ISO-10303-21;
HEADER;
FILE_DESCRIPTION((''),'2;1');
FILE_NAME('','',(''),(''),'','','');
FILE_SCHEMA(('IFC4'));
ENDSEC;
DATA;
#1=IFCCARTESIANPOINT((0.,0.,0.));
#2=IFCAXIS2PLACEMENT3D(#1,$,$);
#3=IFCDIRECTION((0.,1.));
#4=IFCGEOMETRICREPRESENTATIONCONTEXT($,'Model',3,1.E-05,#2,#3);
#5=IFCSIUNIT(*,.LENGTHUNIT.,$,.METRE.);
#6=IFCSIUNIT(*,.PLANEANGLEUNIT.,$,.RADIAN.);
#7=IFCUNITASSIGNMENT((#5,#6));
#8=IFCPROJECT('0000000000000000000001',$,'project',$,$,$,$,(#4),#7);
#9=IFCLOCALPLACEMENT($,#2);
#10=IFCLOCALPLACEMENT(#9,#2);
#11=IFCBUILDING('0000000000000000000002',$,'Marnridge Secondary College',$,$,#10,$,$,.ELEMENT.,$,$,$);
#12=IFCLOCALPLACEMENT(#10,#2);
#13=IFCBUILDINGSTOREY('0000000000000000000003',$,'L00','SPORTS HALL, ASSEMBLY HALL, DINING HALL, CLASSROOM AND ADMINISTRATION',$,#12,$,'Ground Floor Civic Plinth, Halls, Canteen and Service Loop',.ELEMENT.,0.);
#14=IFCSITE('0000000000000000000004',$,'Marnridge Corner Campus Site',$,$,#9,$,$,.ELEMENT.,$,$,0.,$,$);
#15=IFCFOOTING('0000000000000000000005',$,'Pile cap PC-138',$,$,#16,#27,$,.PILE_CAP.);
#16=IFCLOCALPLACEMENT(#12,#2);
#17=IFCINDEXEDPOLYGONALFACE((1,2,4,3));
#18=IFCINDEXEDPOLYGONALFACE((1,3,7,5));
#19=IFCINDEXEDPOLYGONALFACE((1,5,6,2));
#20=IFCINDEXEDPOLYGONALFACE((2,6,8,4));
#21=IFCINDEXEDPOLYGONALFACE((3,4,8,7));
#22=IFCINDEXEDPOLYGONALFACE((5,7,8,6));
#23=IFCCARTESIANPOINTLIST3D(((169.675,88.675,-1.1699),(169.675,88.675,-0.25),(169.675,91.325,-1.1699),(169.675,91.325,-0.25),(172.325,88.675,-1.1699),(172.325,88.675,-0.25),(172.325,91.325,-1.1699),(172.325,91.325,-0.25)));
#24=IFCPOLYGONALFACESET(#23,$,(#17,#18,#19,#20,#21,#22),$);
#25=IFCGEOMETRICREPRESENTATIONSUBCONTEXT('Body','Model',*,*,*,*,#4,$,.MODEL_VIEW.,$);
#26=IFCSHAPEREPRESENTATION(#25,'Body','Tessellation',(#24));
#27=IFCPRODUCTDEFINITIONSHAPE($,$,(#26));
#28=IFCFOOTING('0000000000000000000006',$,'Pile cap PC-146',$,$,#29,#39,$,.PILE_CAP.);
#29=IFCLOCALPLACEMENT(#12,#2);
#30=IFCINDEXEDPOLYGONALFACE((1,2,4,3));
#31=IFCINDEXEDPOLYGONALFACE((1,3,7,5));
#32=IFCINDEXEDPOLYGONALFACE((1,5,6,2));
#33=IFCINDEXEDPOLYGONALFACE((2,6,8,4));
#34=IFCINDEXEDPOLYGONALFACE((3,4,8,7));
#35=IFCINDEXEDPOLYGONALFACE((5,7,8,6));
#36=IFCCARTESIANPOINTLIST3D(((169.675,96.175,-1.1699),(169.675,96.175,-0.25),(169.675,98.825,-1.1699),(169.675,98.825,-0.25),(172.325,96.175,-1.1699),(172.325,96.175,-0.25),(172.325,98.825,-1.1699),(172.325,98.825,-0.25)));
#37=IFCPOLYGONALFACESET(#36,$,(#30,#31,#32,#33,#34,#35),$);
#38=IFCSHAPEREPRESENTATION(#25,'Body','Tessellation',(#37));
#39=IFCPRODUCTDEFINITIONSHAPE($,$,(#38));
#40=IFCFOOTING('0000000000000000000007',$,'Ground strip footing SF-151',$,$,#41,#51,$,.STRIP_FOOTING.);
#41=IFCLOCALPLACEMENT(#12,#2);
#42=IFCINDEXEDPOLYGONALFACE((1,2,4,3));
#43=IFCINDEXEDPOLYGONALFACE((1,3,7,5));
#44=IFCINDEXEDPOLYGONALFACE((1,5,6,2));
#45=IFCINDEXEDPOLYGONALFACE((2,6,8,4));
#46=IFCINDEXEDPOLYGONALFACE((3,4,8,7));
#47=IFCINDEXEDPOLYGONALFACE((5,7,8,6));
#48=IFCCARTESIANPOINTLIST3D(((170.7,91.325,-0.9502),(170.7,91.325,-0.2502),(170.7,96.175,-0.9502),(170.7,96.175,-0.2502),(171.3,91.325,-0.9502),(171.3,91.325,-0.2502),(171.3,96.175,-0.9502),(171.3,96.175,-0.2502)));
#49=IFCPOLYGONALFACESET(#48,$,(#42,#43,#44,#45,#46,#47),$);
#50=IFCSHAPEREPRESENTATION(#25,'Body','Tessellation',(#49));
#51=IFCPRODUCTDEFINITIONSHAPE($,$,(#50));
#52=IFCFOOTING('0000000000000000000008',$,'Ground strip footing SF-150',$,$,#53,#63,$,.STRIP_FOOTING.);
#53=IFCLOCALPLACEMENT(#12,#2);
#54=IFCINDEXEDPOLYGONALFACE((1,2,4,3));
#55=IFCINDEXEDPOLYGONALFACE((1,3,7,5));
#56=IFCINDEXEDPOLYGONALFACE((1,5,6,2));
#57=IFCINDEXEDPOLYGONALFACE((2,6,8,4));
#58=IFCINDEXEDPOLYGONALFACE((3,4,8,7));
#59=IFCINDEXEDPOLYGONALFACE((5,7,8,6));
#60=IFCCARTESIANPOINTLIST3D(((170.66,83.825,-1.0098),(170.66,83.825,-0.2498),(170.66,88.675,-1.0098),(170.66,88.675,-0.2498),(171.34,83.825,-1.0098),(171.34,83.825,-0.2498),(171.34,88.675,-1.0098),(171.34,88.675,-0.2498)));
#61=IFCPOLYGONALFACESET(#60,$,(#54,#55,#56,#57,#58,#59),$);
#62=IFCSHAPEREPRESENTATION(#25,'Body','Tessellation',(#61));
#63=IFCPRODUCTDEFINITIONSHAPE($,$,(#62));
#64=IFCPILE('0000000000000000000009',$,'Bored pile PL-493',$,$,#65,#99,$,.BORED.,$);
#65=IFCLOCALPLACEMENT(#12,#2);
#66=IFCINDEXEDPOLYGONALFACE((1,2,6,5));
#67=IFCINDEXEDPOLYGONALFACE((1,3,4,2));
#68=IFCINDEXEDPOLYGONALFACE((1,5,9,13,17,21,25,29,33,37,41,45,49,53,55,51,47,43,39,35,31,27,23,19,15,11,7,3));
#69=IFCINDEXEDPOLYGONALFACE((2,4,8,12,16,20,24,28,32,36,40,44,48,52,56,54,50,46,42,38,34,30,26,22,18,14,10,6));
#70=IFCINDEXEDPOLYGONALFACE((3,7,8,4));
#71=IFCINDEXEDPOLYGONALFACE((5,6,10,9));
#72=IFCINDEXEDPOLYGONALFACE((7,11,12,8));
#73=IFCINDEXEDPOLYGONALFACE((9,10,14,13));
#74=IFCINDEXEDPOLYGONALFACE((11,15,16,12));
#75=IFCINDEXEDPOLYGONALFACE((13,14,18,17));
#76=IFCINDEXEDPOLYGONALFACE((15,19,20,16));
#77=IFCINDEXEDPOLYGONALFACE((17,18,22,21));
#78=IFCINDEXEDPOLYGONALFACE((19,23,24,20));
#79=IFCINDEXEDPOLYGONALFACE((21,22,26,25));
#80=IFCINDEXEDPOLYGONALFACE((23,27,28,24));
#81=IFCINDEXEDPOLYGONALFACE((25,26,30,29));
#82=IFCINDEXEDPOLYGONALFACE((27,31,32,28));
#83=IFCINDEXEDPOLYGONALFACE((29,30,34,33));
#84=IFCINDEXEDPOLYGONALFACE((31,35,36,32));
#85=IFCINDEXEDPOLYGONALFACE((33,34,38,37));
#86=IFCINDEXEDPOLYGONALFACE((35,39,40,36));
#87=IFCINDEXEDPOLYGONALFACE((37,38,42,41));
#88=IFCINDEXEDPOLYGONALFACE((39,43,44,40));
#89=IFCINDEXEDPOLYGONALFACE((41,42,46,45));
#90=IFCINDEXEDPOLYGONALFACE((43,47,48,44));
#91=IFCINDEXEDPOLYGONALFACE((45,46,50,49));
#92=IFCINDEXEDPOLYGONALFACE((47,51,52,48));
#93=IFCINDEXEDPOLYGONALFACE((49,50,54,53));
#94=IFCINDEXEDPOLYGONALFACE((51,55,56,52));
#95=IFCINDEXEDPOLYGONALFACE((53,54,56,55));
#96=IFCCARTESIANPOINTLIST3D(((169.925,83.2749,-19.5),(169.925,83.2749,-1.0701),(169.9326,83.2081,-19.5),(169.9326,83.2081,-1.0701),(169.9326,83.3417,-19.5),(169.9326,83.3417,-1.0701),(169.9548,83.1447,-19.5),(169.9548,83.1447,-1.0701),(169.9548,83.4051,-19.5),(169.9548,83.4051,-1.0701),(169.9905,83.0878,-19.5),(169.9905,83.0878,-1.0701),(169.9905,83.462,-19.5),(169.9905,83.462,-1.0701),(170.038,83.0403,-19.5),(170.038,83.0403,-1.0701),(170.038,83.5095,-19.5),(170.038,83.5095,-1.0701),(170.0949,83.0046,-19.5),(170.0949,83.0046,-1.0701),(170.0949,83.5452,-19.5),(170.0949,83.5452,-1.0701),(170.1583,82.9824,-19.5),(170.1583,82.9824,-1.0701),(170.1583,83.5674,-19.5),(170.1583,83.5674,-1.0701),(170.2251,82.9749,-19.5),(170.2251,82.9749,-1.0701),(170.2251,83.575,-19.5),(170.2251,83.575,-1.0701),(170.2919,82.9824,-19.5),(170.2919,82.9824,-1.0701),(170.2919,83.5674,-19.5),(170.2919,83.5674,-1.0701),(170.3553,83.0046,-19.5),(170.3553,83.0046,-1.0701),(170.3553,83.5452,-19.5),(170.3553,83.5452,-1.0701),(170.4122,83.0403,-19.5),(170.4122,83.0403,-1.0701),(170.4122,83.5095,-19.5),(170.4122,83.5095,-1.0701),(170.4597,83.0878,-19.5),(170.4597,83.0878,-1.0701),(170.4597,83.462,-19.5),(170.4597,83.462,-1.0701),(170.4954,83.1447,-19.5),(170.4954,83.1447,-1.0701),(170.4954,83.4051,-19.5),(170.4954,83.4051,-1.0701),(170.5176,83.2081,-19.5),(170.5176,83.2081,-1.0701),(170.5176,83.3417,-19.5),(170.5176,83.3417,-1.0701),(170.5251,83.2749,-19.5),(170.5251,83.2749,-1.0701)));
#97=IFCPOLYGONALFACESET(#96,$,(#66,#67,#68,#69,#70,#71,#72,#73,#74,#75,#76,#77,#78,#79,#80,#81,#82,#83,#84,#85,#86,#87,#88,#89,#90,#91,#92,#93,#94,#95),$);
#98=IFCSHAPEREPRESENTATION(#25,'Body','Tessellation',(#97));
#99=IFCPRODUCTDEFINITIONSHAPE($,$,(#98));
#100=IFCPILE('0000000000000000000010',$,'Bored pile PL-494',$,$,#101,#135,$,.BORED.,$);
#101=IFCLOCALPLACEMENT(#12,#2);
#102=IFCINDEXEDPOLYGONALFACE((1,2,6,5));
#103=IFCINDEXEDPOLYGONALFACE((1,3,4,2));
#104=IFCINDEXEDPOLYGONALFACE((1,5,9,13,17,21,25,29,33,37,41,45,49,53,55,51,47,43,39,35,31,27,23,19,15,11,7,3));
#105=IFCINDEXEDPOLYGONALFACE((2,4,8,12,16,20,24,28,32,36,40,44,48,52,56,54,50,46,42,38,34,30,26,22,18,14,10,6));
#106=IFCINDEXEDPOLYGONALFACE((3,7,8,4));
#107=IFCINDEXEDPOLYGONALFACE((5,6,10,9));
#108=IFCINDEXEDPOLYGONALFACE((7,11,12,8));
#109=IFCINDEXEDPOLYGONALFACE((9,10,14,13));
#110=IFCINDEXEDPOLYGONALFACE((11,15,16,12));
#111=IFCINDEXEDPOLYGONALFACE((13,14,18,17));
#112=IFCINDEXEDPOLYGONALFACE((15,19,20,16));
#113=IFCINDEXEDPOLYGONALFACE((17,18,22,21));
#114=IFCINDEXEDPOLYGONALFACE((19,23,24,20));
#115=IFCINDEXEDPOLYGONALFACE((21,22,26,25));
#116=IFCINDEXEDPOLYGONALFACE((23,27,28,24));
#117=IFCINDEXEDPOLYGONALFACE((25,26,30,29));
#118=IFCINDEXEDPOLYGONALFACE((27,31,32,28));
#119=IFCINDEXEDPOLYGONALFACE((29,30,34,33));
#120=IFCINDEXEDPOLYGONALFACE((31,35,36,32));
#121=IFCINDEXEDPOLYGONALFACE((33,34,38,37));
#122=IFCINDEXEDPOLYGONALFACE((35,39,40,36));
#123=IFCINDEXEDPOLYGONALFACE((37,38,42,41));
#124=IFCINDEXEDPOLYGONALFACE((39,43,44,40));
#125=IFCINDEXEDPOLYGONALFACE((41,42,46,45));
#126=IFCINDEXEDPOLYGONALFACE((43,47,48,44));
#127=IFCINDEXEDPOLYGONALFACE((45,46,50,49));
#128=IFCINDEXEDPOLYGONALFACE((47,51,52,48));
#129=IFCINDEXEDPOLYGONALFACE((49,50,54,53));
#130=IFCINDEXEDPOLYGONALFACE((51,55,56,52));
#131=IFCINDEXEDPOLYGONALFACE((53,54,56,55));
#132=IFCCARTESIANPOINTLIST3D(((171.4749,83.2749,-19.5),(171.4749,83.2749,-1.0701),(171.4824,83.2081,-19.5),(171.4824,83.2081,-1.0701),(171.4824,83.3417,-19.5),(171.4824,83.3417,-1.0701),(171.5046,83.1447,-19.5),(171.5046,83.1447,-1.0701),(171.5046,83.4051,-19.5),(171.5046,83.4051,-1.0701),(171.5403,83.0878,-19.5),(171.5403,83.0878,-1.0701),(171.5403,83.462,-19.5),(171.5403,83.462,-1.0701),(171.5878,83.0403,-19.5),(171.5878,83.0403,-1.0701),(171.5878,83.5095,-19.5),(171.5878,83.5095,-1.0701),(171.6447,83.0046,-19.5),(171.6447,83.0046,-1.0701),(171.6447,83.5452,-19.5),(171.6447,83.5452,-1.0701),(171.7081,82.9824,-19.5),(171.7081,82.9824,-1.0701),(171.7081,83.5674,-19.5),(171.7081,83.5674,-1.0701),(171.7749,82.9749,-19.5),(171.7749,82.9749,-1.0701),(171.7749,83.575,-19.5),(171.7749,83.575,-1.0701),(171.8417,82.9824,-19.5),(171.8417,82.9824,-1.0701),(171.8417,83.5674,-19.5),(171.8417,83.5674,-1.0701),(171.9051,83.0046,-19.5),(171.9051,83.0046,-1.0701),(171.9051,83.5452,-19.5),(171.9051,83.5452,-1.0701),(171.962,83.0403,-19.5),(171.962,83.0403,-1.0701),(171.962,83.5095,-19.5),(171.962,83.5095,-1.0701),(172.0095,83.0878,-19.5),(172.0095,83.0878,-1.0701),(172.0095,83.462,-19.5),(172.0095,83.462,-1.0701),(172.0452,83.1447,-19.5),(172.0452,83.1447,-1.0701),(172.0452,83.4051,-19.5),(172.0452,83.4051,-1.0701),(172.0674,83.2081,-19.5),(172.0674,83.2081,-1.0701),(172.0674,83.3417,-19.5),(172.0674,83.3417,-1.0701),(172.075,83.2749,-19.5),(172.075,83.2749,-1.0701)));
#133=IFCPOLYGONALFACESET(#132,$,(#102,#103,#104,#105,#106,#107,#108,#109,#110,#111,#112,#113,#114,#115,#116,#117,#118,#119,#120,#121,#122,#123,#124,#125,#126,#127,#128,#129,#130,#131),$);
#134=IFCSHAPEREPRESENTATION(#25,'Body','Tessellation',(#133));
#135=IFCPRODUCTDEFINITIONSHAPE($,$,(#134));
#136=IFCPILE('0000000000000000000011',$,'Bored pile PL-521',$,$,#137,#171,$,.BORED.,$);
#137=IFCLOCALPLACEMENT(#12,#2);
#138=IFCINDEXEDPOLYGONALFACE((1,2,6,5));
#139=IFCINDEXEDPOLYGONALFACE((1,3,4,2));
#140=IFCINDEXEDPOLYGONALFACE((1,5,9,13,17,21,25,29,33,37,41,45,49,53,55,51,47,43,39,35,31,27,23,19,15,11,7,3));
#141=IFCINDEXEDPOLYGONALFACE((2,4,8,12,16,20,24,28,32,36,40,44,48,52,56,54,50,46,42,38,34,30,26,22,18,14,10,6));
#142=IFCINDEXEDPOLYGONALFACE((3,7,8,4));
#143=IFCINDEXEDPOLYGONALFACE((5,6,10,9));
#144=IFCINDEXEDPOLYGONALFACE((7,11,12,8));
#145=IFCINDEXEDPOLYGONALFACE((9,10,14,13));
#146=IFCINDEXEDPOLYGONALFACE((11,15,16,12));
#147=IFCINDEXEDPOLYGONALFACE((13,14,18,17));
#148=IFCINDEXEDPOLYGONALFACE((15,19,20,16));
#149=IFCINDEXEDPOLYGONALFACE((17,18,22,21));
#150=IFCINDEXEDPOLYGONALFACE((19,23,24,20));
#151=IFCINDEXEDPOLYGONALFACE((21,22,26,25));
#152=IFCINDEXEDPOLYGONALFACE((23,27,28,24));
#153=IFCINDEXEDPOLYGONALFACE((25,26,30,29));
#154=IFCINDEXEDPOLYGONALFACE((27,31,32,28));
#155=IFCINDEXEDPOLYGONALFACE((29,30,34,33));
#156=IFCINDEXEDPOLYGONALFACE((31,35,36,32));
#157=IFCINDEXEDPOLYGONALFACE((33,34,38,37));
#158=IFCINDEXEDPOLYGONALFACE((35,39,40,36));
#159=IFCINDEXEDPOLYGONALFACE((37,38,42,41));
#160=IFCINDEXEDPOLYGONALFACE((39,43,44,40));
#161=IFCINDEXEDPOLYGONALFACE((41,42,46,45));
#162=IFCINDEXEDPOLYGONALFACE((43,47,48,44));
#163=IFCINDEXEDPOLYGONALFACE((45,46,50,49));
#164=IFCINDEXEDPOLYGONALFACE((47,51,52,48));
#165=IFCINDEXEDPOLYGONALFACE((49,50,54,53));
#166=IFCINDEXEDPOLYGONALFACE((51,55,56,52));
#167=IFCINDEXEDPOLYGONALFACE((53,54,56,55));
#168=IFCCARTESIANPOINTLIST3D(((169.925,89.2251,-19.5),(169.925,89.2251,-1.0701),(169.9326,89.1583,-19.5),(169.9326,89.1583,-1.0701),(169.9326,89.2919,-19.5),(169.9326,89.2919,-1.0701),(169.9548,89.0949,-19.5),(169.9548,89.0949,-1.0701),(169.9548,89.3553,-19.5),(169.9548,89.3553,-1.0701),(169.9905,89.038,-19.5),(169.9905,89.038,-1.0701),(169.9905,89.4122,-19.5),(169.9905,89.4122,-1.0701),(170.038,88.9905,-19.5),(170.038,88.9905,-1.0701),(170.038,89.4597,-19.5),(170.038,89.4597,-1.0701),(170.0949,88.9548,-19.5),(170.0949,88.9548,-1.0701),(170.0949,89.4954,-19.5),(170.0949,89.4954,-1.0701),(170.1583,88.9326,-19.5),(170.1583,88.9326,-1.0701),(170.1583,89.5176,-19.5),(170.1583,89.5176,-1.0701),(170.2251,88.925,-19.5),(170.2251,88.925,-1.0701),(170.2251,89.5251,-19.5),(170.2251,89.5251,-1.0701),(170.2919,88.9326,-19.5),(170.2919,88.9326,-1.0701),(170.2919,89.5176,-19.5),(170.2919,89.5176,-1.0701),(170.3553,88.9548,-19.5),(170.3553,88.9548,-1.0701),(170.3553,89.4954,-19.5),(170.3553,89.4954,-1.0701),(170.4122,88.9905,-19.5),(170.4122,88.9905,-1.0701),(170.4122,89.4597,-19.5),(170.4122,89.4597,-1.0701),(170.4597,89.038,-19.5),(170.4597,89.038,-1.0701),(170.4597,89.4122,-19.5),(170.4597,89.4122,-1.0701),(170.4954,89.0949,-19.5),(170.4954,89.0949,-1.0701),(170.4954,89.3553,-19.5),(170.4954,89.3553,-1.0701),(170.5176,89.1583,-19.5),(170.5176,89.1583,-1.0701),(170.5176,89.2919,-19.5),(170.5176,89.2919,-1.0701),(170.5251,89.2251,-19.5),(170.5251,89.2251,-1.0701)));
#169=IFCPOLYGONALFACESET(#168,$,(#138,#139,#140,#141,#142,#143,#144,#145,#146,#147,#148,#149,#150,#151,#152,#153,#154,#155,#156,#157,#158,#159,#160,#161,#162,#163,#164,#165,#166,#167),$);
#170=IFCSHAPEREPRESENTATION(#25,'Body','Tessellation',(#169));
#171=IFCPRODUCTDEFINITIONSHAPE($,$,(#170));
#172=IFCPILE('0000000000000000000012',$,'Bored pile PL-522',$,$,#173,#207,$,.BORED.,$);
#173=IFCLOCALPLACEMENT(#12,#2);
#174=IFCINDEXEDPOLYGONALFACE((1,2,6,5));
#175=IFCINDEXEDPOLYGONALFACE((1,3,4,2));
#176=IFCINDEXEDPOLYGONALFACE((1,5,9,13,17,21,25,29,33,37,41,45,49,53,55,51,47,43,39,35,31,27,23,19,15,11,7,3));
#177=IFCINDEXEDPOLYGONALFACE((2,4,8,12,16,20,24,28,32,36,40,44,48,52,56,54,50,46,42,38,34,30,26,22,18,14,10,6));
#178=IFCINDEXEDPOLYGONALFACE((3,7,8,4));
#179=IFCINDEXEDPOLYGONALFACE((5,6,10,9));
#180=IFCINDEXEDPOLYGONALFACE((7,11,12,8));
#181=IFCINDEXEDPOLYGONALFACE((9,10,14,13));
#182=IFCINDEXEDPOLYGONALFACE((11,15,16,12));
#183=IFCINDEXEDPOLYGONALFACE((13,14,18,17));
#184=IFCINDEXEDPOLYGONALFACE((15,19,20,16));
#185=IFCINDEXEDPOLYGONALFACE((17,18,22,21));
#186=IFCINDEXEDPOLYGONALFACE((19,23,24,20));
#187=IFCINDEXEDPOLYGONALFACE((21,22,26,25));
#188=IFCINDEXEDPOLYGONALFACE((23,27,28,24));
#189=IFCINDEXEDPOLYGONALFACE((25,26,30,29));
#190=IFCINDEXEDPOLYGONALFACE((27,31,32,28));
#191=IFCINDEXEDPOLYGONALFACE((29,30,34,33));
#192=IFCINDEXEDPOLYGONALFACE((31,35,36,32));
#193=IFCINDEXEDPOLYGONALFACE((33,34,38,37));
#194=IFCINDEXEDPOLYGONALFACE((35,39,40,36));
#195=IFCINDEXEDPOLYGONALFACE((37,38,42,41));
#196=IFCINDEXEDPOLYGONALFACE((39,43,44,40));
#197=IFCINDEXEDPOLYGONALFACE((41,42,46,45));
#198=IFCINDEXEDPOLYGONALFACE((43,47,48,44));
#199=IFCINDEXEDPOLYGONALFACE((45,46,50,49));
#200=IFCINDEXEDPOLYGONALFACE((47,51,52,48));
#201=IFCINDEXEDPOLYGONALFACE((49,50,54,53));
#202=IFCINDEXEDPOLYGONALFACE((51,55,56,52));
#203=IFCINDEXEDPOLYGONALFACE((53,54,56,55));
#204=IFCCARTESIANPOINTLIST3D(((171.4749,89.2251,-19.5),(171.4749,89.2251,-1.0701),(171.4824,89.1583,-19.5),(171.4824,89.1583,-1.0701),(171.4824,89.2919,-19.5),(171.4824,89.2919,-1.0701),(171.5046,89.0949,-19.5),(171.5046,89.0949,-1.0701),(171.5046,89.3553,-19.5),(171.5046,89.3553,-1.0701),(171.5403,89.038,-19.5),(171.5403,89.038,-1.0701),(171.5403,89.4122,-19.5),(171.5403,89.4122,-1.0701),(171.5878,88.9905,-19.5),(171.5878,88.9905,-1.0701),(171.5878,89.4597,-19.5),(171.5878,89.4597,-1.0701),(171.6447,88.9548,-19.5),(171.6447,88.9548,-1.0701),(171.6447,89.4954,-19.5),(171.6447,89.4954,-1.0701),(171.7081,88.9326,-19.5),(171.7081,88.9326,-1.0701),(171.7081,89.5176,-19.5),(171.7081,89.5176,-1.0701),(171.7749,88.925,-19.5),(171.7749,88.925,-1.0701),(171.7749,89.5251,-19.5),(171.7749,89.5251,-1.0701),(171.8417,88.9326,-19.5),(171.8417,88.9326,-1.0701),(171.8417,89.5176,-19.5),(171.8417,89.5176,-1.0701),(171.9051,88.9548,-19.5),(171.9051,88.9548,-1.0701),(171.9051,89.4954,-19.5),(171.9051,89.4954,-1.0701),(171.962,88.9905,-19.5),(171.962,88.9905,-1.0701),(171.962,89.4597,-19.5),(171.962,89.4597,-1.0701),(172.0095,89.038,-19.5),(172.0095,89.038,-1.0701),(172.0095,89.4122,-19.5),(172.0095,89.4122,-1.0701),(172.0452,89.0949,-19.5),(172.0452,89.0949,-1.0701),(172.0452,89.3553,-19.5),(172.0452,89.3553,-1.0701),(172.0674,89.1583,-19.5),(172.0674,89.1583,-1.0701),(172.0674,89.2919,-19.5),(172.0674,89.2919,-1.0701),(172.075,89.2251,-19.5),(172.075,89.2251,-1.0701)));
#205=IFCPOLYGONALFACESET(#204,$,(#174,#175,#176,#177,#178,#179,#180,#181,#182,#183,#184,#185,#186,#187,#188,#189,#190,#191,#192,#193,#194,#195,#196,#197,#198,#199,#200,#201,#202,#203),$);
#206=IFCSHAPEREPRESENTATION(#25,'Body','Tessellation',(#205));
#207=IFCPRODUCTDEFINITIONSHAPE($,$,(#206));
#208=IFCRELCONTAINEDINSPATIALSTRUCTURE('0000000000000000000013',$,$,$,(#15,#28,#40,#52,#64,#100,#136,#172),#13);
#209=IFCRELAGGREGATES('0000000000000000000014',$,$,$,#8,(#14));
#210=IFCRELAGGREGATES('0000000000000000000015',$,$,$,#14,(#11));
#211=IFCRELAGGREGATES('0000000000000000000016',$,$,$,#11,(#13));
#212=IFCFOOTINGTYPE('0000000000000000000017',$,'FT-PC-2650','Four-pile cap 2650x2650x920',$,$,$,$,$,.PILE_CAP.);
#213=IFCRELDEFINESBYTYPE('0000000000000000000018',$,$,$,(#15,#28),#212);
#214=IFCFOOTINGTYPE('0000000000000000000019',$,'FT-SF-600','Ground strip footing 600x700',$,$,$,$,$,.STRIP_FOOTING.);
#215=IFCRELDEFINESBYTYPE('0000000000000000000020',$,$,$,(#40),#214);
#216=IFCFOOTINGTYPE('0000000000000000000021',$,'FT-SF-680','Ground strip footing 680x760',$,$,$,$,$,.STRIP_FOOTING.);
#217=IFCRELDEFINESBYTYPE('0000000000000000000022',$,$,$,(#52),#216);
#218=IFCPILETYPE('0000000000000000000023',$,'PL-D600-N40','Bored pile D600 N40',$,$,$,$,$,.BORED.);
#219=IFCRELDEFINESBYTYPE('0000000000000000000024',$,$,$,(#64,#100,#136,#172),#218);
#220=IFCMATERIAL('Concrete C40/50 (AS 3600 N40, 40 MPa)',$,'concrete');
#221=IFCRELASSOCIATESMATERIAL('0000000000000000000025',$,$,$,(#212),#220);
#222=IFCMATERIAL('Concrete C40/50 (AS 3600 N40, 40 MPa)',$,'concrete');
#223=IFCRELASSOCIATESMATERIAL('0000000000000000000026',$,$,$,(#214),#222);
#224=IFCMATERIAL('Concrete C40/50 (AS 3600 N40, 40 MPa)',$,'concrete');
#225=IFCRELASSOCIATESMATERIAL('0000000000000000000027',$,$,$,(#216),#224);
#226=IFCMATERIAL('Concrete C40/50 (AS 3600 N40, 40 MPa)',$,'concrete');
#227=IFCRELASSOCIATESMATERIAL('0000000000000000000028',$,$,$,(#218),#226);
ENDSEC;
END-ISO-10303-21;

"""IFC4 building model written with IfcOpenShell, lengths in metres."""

from ifc_helpers import new_model, si_unit, direction, frame, origin, origin_2d, place, context, subcontext, project, spatial, rectangle, circle, extrude, material, material_profile, profile_set, type_object, element, save


model = new_model("IFC4")

# Units and contexts
model_context = context("Model", 3, precision=1e-05, world=origin(), true_north=direction((0.0, 1.0)))
body_context = subcontext(model_context, "Body", "Model", "MODEL_VIEW")
ifc_project = project(units=[si_unit("LENGTHUNIT", "METRE"), si_unit("PLANEANGLEUNIT", "RADIAN")], contexts=[model_context])

# Site, building, storey
site_placement = place(None, origin())
site = spatial("IfcSite", under=ifc_project, at=site_placement, Name="Marnridge Corner Campus Site", CompositionType="ELEMENT", RefElevation=0.0)
building_placement = place(site_placement, origin())
building = spatial("IfcBuilding", under=site, at=building_placement, Name="Marnridge Secondary College", CompositionType="ELEMENT")
storey_placement = place(building_placement, origin())
storey = spatial("IfcBuildingStorey", under=building, at=storey_placement, Name="L00", Description="SPORTS HALL, ASSEMBLY HALL, DINING HALL, CLASSROOM AND ADMINISTRATION", LongName="Ground Floor Civic Plinth, Halls, Canteen and Service Loop", CompositionType="ELEMENT", Elevation=0.0)

# Footings
ifc_material_1 = material(Name="Concrete C40/50 (AS 3600 N40, 40 MPa)", Category="concrete")
footing_type_1 = type_object("IfcFootingType", Name="FT-PC-2650", Description="Four-pile cap 2650x2650x920", PredefinedType="PILE_CAP", material=ifc_material_1)
for number, where, z_axis, x_axis, name in (
    (1, (171.0, 90.0, -1.1699), (0.0, 0.0, 1.0), (1.0, 0.0, 0.0), "Pile cap PC-138"),
    (2, (171.0, 97.5, -1.1699), (0.0, 0.0, 1.0), (1.0, 0.0, 0.0), "Pile cap PC-146"),
):
    element("IfcFooting", number, at=place(storey_placement, frame(where, z_axis=z_axis, x_axis=x_axis)), inside=storey, type_object=footing_type_1, Name=name, PredefinedType="PILE_CAP", context=body_context, shape_type="SweptSolid", body=[
        extrude(rectangle(XDim=2.6499, YDim=2.6499, at=origin_2d()), origin(), (0.0, 0.0, 1.0), 0.9199),
    ])
ifc_material_2 = material(Name="Concrete C40/50 (AS 3600 N40, 40 MPa)", Category="concrete")
footing_type_2 = type_object("IfcFootingType", Name="FT-SF-600", Description="Ground strip footing 600x700", PredefinedType="STRIP_FOOTING", material=ifc_material_2)
footing_1_placement = place(storey_placement, frame((171.0, 93.75, -0.9502), z_axis=(0.0, 0.0, 1.0), x_axis=(1.0, 0.0, 0.0)))
element("IfcFooting", 3, at=footing_1_placement, inside=storey, type_object=footing_type_2, Name="Ground strip footing SF-151", PredefinedType="STRIP_FOOTING", context=body_context, shape_type="SweptSolid", body=[
    extrude(rectangle(XDim=0.6001, YDim=4.8501, at=origin_2d()), origin(), (0.0, 0.0, 1.0), 0.7),
])
ifc_material_3 = material(Name="Concrete C40/50 (AS 3600 N40, 40 MPa)", Category="concrete")
footing_type_3 = type_object("IfcFootingType", Name="FT-SF-680", Description="Ground strip footing 680x760", PredefinedType="STRIP_FOOTING", material=ifc_material_3)
footing_2_placement = place(storey_placement, frame((171.0, 86.25, -1.0098), z_axis=(0.0, 0.0, 1.0), x_axis=(1.0, 0.0, 0.0)))
element("IfcFooting", 4, at=footing_2_placement, inside=storey, type_object=footing_type_3, Name="Ground strip footing SF-150", PredefinedType="STRIP_FOOTING", context=body_context, shape_type="SweptSolid", body=[
    extrude(rectangle(XDim=0.6799, YDim=4.8501, at=origin_2d()), origin(), (0.0, 0.0, 1.0), 0.76),
])

# Piles
ifc_material_4 = material(Name="Concrete C40/50 (AS 3600 N40, 40 MPa)", Category="concrete")
ifc_material_profile_1 = material_profile(ifc_material_4, circle(Radius=0.3, at=origin_2d()), Name="PILE D600")
ifc_profile_set_1 = profile_set([ifc_material_profile_1], Name="Concrete C40/50 (AS 3600 N40, 40 MPa)")
pile_type = type_object("IfcPileType", Name="PL-D600-N40", Description="Bored pile D600 N40", PredefinedType="BORED", material=ifc_profile_set_1)
for number, where, z_axis, x_axis, name in (
    (5, (170.2251, 83.2749, -1.0701), (0.0, 0.0, -1.0), (1.0, 0.0, 0.0), "Bored pile PL-493"),
    (6, (171.7749, 83.2749, -1.0701), (0.0, 0.0, -1.0), (1.0, 0.0, 0.0), "Bored pile PL-494"),
    (7, (170.2251, 89.2251, -1.0701), (0.0, 0.0, -1.0), (1.0, 0.0, 0.0), "Bored pile PL-521"),
    (8, (171.7749, 89.2251, -1.0701), (0.0, 0.0, -1.0), (1.0, 0.0, 0.0), "Bored pile PL-522"),
):
    element("IfcPile", number, at=place(storey_placement, frame(where, z_axis=z_axis, x_axis=x_axis)), inside=storey, type_object=pile_type, Name=name, PredefinedType="BORED", context=body_context, shape_type="SweptSolid", body=[
        extrude(circle(Radius=0.3, at=origin_2d()), origin(), (0.0, 0.0, 1.0), 18.4299),
    ])

save(model, "model.ifc")
